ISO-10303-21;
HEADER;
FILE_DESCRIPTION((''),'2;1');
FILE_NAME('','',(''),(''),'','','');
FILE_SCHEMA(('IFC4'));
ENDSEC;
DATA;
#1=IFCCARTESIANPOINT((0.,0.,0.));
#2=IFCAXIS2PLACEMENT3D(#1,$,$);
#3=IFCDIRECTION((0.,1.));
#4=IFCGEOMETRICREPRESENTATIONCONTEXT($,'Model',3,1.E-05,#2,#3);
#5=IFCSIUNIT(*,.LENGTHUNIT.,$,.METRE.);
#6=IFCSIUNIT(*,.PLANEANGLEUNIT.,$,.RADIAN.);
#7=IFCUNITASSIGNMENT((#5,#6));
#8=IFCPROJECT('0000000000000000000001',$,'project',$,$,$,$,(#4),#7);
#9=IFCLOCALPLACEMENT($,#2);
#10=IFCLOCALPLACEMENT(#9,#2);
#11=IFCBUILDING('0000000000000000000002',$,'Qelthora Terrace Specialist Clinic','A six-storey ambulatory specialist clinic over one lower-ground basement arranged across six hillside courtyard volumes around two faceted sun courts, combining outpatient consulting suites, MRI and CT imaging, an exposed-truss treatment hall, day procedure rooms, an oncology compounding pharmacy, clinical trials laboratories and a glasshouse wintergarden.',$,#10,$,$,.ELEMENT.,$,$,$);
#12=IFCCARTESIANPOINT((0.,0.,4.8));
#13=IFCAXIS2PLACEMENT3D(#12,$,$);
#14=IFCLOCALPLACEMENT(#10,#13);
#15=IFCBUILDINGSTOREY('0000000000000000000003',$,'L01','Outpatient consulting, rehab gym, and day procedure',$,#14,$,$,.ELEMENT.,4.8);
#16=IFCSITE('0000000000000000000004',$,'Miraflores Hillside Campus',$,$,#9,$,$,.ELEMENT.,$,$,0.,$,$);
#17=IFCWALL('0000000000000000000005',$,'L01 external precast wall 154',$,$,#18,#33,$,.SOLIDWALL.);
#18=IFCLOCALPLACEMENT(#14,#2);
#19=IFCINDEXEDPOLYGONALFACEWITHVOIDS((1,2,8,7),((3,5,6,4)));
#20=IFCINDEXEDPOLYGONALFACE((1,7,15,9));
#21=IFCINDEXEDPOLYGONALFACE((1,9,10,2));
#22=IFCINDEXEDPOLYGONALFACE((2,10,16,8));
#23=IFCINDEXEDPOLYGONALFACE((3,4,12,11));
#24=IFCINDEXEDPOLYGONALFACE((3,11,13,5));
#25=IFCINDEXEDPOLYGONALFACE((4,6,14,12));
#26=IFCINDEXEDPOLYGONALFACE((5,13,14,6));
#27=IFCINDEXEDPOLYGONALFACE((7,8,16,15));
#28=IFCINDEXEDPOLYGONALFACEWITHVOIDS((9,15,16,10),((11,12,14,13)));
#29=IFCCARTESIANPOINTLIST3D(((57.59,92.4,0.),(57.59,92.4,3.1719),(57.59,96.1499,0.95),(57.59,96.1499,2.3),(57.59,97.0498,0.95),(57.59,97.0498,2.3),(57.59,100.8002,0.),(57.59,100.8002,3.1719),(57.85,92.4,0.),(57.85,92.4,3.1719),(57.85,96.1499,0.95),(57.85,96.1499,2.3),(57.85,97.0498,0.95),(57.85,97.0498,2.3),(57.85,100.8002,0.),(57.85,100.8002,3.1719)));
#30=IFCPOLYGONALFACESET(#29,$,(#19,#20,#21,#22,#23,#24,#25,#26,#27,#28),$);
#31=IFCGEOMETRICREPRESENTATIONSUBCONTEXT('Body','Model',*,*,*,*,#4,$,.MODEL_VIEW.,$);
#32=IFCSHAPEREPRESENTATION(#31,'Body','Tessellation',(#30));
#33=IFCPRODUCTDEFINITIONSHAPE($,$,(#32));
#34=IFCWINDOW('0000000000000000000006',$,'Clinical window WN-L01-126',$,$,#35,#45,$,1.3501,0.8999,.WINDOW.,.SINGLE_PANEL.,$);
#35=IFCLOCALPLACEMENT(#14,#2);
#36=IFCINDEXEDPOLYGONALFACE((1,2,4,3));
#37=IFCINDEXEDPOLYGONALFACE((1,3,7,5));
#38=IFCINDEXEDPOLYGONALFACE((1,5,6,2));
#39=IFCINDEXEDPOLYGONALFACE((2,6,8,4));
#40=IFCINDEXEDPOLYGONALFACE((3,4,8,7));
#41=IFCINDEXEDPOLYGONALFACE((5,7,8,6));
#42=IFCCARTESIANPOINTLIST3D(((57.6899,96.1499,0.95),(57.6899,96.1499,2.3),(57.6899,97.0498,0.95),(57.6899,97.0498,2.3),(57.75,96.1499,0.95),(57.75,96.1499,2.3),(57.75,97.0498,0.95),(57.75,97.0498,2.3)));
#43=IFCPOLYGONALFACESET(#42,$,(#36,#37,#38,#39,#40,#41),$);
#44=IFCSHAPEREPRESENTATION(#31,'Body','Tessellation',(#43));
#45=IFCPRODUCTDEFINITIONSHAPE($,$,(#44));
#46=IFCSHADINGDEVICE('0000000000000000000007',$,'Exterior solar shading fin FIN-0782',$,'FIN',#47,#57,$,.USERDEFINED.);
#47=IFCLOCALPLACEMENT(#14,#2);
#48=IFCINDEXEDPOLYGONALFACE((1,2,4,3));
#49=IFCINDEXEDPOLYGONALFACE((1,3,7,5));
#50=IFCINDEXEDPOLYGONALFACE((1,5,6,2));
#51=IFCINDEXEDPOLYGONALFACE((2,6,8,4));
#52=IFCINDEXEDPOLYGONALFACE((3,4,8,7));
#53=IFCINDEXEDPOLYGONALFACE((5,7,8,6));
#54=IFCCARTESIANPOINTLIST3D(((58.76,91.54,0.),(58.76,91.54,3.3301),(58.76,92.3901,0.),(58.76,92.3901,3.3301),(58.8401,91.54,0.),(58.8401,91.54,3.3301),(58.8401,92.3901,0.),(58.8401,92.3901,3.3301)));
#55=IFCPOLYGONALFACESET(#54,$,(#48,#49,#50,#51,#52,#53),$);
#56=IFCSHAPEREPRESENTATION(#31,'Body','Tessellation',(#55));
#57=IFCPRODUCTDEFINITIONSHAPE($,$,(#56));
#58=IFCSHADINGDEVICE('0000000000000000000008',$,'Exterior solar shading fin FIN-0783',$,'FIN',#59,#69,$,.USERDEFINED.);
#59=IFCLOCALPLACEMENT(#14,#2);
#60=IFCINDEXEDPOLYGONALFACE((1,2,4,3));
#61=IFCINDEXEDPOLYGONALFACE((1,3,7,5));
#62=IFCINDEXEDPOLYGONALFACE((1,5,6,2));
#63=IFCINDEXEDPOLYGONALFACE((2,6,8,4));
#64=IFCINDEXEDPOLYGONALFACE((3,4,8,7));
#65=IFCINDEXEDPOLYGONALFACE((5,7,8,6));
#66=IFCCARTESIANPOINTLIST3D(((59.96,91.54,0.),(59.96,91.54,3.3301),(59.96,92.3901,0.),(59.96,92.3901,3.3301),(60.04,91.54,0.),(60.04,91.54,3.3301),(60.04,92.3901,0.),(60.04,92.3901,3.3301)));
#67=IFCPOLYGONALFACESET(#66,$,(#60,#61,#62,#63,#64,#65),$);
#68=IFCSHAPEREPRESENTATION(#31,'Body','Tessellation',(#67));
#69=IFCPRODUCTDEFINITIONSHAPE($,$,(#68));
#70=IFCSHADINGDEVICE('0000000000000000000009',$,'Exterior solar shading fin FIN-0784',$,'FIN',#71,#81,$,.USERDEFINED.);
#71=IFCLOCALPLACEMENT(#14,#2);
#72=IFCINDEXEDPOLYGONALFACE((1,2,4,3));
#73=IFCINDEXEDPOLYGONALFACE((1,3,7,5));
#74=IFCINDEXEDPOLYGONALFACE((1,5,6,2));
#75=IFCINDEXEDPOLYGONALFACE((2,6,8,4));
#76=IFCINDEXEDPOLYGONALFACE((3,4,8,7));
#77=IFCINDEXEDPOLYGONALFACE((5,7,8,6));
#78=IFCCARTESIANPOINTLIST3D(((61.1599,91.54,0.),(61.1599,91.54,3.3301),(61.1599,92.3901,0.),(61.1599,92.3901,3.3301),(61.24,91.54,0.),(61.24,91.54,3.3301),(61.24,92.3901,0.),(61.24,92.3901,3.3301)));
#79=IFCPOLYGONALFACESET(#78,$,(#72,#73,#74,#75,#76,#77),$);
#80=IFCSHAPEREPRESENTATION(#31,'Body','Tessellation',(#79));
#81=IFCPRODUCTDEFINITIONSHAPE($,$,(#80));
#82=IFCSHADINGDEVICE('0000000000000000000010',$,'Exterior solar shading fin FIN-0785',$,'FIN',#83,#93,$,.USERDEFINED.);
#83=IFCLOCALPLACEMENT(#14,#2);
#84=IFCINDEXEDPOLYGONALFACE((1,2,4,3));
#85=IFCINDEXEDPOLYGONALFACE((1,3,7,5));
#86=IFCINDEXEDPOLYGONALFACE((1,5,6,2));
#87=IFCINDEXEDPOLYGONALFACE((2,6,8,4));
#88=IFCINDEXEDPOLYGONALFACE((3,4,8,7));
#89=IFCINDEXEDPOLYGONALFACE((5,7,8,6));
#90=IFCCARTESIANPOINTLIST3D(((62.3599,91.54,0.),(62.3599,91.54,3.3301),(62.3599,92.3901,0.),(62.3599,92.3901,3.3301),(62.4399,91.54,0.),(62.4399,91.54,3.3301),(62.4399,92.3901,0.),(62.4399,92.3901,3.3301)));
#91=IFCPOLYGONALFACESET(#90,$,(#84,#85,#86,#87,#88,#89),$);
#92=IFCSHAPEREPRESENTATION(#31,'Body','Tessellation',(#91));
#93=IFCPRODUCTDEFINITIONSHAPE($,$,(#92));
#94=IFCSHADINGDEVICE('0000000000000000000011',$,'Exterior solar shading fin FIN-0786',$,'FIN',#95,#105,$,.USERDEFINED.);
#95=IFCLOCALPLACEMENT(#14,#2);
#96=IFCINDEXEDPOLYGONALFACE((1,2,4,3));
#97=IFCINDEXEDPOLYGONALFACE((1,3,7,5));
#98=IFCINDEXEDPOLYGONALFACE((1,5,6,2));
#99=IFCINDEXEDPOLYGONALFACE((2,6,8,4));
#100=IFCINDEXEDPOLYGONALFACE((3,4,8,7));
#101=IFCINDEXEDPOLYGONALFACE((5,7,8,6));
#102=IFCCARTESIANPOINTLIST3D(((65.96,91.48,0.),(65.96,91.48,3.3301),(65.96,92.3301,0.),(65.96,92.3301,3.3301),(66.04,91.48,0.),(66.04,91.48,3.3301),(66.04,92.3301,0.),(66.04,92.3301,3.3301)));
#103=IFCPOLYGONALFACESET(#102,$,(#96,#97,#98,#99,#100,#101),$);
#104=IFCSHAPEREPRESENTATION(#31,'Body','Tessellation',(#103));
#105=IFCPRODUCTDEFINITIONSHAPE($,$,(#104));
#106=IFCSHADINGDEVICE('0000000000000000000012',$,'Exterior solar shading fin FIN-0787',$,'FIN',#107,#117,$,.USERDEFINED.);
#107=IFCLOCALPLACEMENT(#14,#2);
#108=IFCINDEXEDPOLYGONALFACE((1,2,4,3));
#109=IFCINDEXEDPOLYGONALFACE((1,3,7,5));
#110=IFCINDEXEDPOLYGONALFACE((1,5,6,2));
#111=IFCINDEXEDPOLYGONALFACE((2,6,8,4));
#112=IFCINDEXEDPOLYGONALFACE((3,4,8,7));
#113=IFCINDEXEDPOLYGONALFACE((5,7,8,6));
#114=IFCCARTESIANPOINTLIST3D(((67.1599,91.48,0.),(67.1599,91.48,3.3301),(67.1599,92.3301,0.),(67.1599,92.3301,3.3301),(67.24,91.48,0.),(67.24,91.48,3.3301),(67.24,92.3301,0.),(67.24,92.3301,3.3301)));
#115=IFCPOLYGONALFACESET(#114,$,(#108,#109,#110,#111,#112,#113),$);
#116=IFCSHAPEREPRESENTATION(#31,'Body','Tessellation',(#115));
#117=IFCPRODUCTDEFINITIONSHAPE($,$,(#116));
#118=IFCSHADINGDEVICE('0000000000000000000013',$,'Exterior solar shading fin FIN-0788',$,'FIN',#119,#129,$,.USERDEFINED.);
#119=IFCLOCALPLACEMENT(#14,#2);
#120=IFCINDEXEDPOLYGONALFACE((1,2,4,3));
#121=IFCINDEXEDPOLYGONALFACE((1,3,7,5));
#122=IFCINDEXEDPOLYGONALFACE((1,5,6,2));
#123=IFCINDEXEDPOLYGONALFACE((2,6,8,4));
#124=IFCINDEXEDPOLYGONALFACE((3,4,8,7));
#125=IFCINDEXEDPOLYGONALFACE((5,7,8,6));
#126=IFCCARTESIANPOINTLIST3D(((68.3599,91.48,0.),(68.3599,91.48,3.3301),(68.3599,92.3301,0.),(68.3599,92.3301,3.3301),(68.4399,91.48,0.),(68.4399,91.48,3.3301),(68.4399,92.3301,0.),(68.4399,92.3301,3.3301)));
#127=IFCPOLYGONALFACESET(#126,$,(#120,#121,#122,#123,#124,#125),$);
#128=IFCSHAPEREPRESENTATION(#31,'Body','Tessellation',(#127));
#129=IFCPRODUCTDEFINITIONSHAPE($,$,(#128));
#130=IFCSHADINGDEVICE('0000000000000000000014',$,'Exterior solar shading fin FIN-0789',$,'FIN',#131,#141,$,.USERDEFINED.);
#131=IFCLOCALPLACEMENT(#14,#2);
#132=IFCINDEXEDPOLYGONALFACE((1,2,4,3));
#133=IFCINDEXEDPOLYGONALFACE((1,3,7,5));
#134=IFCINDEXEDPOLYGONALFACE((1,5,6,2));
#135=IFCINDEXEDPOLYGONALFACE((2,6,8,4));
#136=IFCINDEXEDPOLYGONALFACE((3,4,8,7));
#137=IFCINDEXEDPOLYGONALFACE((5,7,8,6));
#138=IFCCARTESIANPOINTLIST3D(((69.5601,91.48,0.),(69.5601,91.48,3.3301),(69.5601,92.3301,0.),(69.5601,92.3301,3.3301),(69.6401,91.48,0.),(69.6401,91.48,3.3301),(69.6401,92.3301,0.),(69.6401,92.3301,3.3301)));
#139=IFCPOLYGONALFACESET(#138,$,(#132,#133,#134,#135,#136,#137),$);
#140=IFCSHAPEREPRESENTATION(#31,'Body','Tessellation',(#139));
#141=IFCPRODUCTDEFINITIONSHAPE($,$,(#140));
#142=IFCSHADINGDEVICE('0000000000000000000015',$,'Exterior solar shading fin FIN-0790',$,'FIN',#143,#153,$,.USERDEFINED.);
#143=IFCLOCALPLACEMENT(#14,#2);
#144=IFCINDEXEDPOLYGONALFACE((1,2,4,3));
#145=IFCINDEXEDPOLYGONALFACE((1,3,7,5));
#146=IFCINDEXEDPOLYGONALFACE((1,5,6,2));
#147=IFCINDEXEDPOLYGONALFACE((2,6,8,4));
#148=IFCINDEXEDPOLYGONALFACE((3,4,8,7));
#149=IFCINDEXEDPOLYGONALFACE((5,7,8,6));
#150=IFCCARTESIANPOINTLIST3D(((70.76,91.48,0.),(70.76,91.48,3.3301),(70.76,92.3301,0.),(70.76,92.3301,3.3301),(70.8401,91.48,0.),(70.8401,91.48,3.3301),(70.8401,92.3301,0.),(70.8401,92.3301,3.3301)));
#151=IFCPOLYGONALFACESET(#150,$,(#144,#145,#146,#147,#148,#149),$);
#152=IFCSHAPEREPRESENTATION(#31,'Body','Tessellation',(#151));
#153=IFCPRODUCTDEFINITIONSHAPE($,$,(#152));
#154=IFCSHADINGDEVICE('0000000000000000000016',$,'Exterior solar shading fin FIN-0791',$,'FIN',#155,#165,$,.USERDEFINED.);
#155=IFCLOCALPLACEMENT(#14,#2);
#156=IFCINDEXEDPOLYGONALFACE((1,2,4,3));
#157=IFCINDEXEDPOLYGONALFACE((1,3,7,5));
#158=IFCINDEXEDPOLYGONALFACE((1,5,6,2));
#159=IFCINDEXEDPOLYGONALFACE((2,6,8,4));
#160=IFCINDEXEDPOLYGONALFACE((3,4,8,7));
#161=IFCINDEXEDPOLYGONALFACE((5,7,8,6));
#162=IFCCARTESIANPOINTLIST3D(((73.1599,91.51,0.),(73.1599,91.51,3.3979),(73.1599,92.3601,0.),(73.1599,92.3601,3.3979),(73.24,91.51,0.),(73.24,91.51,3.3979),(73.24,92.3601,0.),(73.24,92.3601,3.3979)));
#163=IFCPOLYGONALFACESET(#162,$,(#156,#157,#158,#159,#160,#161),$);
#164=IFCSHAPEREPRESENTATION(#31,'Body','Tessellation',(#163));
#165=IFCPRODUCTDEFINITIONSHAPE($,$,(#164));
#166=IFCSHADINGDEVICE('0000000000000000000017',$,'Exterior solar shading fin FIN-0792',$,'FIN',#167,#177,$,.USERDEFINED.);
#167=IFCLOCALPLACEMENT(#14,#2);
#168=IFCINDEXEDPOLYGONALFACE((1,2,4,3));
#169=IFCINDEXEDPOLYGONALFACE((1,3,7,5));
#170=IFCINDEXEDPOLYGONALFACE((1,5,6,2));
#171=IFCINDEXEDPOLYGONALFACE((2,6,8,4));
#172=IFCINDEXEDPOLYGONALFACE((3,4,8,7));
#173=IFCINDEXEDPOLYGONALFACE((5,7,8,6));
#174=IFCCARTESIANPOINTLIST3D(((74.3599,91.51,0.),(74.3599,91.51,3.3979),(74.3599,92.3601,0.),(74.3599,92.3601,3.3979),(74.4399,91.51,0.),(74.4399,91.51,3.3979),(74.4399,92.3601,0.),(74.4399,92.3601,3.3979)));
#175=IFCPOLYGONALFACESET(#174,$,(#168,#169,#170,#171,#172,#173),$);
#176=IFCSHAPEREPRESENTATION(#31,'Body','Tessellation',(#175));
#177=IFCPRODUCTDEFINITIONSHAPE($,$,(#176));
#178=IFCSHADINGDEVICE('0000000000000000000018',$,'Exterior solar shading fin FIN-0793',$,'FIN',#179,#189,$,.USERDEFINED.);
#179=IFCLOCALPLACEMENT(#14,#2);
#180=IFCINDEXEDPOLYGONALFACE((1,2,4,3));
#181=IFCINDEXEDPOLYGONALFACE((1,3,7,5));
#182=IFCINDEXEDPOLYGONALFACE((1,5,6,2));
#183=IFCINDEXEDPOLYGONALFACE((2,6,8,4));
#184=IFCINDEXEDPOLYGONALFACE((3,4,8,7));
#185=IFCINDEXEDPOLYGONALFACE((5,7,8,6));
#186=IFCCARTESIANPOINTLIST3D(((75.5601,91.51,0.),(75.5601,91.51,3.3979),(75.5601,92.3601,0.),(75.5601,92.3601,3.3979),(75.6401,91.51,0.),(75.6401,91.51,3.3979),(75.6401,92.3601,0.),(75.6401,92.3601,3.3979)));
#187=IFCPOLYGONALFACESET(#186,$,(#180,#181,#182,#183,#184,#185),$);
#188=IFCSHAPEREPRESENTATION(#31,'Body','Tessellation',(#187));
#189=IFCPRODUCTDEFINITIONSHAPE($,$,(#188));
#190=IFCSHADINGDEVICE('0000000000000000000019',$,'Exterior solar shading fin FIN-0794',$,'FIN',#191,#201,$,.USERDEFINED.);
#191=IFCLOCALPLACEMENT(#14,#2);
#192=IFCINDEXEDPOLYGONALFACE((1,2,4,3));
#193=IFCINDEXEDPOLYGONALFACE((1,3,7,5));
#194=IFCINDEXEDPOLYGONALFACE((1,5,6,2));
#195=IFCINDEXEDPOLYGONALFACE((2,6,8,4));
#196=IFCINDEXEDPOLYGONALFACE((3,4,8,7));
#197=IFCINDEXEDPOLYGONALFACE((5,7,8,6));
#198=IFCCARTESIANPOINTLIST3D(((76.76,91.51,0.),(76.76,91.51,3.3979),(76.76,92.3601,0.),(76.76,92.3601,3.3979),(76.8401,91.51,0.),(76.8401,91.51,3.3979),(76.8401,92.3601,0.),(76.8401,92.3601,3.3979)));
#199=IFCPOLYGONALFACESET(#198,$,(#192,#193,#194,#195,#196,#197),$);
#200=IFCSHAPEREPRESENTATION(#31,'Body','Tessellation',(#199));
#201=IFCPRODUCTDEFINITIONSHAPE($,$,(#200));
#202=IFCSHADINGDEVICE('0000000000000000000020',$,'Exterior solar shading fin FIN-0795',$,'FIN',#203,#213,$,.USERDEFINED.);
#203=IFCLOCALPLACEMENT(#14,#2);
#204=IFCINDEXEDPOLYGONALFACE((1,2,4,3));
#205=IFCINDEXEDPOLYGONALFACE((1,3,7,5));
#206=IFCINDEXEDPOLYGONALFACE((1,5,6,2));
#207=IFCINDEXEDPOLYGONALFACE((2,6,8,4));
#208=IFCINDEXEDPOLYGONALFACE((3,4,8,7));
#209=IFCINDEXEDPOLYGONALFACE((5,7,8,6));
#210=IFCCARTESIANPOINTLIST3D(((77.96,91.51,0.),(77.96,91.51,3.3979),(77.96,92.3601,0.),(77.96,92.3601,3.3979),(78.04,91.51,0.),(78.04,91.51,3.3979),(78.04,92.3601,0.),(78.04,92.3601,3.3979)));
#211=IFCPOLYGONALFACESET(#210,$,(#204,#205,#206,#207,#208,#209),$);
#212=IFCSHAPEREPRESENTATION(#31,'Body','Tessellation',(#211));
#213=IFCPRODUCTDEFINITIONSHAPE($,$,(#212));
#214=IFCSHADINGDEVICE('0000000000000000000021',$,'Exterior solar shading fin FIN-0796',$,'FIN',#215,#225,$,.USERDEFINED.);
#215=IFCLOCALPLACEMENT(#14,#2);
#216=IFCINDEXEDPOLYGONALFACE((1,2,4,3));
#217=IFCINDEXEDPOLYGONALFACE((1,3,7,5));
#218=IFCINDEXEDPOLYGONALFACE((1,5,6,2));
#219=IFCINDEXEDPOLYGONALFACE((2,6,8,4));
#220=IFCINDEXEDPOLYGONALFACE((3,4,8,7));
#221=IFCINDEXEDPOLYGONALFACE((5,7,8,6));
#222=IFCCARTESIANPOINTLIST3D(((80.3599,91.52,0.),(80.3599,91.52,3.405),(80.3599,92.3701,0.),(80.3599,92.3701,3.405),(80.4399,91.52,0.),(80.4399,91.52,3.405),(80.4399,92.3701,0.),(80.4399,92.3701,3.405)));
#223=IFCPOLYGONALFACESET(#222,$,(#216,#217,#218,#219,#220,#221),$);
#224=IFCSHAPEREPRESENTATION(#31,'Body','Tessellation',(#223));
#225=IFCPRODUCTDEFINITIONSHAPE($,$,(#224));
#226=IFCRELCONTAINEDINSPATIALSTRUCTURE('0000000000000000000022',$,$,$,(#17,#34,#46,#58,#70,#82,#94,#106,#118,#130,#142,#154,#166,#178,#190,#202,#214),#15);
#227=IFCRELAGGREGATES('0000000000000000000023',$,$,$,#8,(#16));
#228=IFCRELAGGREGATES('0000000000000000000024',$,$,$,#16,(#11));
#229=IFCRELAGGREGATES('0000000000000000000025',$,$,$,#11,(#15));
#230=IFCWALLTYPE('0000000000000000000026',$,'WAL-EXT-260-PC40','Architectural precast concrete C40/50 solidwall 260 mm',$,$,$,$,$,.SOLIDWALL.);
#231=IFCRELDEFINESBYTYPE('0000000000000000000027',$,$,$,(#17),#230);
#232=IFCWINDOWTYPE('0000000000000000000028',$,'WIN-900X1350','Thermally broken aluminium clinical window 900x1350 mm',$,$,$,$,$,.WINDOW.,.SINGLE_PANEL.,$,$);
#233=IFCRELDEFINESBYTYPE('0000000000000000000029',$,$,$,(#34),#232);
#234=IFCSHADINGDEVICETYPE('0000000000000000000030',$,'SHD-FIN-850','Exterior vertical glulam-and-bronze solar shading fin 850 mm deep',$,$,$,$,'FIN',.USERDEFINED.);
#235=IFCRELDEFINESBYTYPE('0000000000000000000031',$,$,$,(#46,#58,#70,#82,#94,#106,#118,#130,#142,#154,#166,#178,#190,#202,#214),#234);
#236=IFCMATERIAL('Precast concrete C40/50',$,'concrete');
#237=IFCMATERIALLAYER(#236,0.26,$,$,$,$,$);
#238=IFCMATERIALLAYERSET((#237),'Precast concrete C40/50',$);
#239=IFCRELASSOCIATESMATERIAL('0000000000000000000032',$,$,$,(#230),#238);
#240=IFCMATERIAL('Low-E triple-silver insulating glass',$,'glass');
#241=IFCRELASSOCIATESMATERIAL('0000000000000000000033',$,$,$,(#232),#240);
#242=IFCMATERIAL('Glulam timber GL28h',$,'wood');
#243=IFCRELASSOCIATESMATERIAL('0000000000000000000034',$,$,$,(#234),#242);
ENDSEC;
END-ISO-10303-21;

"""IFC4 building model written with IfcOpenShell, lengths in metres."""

from ifc_helpers import new_model, si_unit, direction, frame, frame_2d, origin, origin_2d, place, context, subcontext, project, spatial, rectangle, extrude, material, layer, layer_set, type_object, element, fill, save


model = new_model("IFC4")

# Units and contexts
model_context = context("Model", 3, precision=1e-05, world=origin(), true_north=direction((0.0, 1.0)))
body_context = subcontext(model_context, "Body", "Model", "MODEL_VIEW")
ifc_project = project(units=[si_unit("LENGTHUNIT", "METRE"), si_unit("PLANEANGLEUNIT", "RADIAN")], contexts=[model_context])

# Site, building, storey
site_placement = place(None, origin())
site = spatial("IfcSite", under=ifc_project, at=site_placement, Name="Miraflores Hillside Campus", CompositionType="ELEMENT", RefElevation=0.0)
building_placement = place(site_placement, origin())
building = spatial("IfcBuilding", under=site, at=building_placement, Name="Qelthora Terrace Specialist Clinic", Description="A six-storey ambulatory specialist clinic over one lower-ground basement arranged across six hillside courtyard volumes around two faceted sun courts, combining outpatient consulting suites, MRI and CT imaging, an exposed-truss treatment hall, day procedure rooms, an oncology compounding pharmacy, clinical trials laboratories and a glasshouse wintergarden.", CompositionType="ELEMENT")
storey_placement = place(building_placement, frame((0.0, 0.0, 4.8)))
storey = spatial("IfcBuildingStorey", under=building, at=storey_placement, Name="L01", Description="Outpatient consulting, rehab gym, and day procedure", CompositionType="ELEMENT", Elevation=4.8)

# Wall, opening, window
ifc_material_1 = material(Name="Precast concrete C40/50", Category="concrete")
ifc_layer = layer(ifc_material_1, 0.26)
ifc_layer_set = layer_set([ifc_layer], Name="Precast concrete C40/50")
wall_type = type_object("IfcWallType", Name="WAL-EXT-260-PC40", Description="Architectural precast concrete C40/50 solidwall 260 mm", PredefinedType="SOLIDWALL", material=ifc_layer_set)
wall_placement = place(storey_placement, frame((57.72, 92.3999, 0.0), z_axis=(0.0, 0.0, 1.0), x_axis=(0.0, 1.0, 0.0)))
wall = element("IfcWall", 1, at=wall_placement, inside=storey, type_object=wall_type, Name="L01 external precast wall 154", PredefinedType="SOLIDWALL", context=body_context, shape_type="SweptSolid", body=[
    extrude(rectangle(XDim=8.4001, YDim=0.26, at=frame_2d((4.2002, 0.0))), origin(), (0.0, 0.0, 1.0), 3.1719),
])
opening_placement = place(wall_placement, frame((3.75, 0.0, 0.95)))
opening = element("IfcOpeningElement", 2, at=opening_placement, cuts=wall, PredefinedType="OPENING", context=body_context, shape_type="SweptSolid", body=[
    extrude(rectangle(XDim=0.8999, YDim=1.3501, at=frame_2d((0.45, 0.675))), frame((0.0, 0.1399, 0.0), z_axis=(0.0, -1.0, 0.0), x_axis=(1.0, 0.0, 0.0)), (0.0, 0.0, 1.0), 0.28),
])
ifc_material_2 = material(Name="Low-E triple-silver insulating glass", Category="glass")
window_type = type_object("IfcWindowType", Name="WIN-900X1350", Description="Thermally broken aluminium clinical window 900x1350 mm", PartitioningType="SINGLE_PANEL", PredefinedType="WINDOW", material=ifc_material_2)
window_placement = place(opening_placement, origin())
window = element("IfcWindow", 3, at=window_placement, inside=storey, type_object=window_type, Name="Clinical window WN-L01-126", OverallHeight=1.3501, OverallWidth=0.8999, PartitioningType="SINGLE_PANEL", PredefinedType="WINDOW", context=body_context, shape_type="SweptSolid", body=[
    extrude(rectangle(XDim=0.8999, YDim=1.3501, at=frame_2d((0.45, 0.675))), frame((0.0, 0.03, 0.0), z_axis=(0.0, -1.0, 0.0), x_axis=(1.0, 0.0, 0.0)), (0.0, 0.0, 1.0), 0.0601),
])
fill(opening, window)

# Shading devices
ifc_material_3 = material(Name="Glulam timber GL28h", Category="wood")
shading_device_type = type_object("IfcShadingDeviceType", Name="SHD-FIN-850", Description="Exterior vertical glulam-and-bronze solar shading fin 850 mm deep", ElementType="FIN", PredefinedType="USERDEFINED", material=ifc_material_3)
for number, where, z_axis, x_axis, name in (
    (4, (58.8, 91.9651, 0.0), (0.0, 0.0, 1.0), (0.0, -1.0, 0.0), "Exterior solar shading fin FIN-0782"),
    (5, (60.0, 91.9651, 0.0), (0.0, 0.0, 1.0), (0.0, -1.0, 0.0), "Exterior solar shading fin FIN-0783"),
    (6, (61.2, 91.9651, 0.0), (0.0, 0.0, 1.0), (0.0, -1.0, 0.0), "Exterior solar shading fin FIN-0784"),
    (7, (62.3999, 91.9651, 0.0), (0.0, 0.0, 1.0), (0.0, -1.0, 0.0), "Exterior solar shading fin FIN-0785"),
    (8, (66.0, 91.905, 0.0), (0.0, 0.0, 1.0), (0.0, -1.0, 0.0), "Exterior solar shading fin FIN-0786"),
    (9, (67.2, 91.905, 0.0), (0.0, 0.0, 1.0), (0.0, -1.0, 0.0), "Exterior solar shading fin FIN-0787"),
    (10, (68.3999, 91.905, 0.0), (0.0, 0.0, 1.0), (0.0, -1.0, 0.0), "Exterior solar shading fin FIN-0788"),
    (11, (69.6001, 91.905, 0.0), (0.0, 0.0, 1.0), (0.0, -1.0, 0.0), "Exterior solar shading fin FIN-0789"),
    (12, (70.8, 91.905, 0.0), (0.0, 0.0, 1.0), (0.0, -1.0, 0.0), "Exterior solar shading fin FIN-0790"),
):
    element("IfcShadingDevice", number, at=place(storey_placement, frame(where, z_axis=z_axis, x_axis=x_axis)), inside=storey, type_object=shading_device_type, Name=name, ObjectType="FIN", PredefinedType="USERDEFINED", context=body_context, shape_type="SweptSolid", body=[
        extrude(rectangle(XDim=0.8501, YDim=0.0801, at=origin_2d()), origin(), (0.0, 0.0, 1.0), 3.3301),
    ])
for number, where, z_axis, x_axis, name in (
    (13, (73.2, 91.9351, 0.0), (0.0, 0.0, 1.0), (0.0, -1.0, 0.0), "Exterior solar shading fin FIN-0791"),
    (14, (74.3999, 91.9351, 0.0), (0.0, 0.0, 1.0), (0.0, -1.0, 0.0), "Exterior solar shading fin FIN-0792"),
    (15, (75.6001, 91.9351, 0.0), (0.0, 0.0, 1.0), (0.0, -1.0, 0.0), "Exterior solar shading fin FIN-0793"),
    (16, (76.8, 91.9351, 0.0), (0.0, 0.0, 1.0), (0.0, -1.0, 0.0), "Exterior solar shading fin FIN-0794"),
    (17, (78.0, 91.9351, 0.0), (0.0, 0.0, 1.0), (0.0, -1.0, 0.0), "Exterior solar shading fin FIN-0795"),
):
    element("IfcShadingDevice", number, at=place(storey_placement, frame(where, z_axis=z_axis, x_axis=x_axis)), inside=storey, type_object=shading_device_type, Name=name, ObjectType="FIN", PredefinedType="USERDEFINED", context=body_context, shape_type="SweptSolid", body=[
        extrude(rectangle(XDim=0.8501, YDim=0.0801, at=origin_2d()), origin(), (0.0, 0.0, 1.0), 3.3979),
    ])
for number, where, z_axis, x_axis, name in (
    (18, (80.3999, 91.9451, 0.0), (0.0, 0.0, 1.0), (0.0, -1.0, 0.0), "Exterior solar shading fin FIN-0796"),
):
    element("IfcShadingDevice", number, at=place(storey_placement, frame(where, z_axis=z_axis, x_axis=x_axis)), inside=storey, type_object=shading_device_type, Name=name, ObjectType="FIN", PredefinedType="USERDEFINED", context=body_context, shape_type="SweptSolid", body=[
        extrude(rectangle(XDim=0.8501, YDim=0.0801, at=origin_2d()), origin(), (0.0, 0.0, 1.0), 3.405),
    ])

save(model, "model.ifc")
